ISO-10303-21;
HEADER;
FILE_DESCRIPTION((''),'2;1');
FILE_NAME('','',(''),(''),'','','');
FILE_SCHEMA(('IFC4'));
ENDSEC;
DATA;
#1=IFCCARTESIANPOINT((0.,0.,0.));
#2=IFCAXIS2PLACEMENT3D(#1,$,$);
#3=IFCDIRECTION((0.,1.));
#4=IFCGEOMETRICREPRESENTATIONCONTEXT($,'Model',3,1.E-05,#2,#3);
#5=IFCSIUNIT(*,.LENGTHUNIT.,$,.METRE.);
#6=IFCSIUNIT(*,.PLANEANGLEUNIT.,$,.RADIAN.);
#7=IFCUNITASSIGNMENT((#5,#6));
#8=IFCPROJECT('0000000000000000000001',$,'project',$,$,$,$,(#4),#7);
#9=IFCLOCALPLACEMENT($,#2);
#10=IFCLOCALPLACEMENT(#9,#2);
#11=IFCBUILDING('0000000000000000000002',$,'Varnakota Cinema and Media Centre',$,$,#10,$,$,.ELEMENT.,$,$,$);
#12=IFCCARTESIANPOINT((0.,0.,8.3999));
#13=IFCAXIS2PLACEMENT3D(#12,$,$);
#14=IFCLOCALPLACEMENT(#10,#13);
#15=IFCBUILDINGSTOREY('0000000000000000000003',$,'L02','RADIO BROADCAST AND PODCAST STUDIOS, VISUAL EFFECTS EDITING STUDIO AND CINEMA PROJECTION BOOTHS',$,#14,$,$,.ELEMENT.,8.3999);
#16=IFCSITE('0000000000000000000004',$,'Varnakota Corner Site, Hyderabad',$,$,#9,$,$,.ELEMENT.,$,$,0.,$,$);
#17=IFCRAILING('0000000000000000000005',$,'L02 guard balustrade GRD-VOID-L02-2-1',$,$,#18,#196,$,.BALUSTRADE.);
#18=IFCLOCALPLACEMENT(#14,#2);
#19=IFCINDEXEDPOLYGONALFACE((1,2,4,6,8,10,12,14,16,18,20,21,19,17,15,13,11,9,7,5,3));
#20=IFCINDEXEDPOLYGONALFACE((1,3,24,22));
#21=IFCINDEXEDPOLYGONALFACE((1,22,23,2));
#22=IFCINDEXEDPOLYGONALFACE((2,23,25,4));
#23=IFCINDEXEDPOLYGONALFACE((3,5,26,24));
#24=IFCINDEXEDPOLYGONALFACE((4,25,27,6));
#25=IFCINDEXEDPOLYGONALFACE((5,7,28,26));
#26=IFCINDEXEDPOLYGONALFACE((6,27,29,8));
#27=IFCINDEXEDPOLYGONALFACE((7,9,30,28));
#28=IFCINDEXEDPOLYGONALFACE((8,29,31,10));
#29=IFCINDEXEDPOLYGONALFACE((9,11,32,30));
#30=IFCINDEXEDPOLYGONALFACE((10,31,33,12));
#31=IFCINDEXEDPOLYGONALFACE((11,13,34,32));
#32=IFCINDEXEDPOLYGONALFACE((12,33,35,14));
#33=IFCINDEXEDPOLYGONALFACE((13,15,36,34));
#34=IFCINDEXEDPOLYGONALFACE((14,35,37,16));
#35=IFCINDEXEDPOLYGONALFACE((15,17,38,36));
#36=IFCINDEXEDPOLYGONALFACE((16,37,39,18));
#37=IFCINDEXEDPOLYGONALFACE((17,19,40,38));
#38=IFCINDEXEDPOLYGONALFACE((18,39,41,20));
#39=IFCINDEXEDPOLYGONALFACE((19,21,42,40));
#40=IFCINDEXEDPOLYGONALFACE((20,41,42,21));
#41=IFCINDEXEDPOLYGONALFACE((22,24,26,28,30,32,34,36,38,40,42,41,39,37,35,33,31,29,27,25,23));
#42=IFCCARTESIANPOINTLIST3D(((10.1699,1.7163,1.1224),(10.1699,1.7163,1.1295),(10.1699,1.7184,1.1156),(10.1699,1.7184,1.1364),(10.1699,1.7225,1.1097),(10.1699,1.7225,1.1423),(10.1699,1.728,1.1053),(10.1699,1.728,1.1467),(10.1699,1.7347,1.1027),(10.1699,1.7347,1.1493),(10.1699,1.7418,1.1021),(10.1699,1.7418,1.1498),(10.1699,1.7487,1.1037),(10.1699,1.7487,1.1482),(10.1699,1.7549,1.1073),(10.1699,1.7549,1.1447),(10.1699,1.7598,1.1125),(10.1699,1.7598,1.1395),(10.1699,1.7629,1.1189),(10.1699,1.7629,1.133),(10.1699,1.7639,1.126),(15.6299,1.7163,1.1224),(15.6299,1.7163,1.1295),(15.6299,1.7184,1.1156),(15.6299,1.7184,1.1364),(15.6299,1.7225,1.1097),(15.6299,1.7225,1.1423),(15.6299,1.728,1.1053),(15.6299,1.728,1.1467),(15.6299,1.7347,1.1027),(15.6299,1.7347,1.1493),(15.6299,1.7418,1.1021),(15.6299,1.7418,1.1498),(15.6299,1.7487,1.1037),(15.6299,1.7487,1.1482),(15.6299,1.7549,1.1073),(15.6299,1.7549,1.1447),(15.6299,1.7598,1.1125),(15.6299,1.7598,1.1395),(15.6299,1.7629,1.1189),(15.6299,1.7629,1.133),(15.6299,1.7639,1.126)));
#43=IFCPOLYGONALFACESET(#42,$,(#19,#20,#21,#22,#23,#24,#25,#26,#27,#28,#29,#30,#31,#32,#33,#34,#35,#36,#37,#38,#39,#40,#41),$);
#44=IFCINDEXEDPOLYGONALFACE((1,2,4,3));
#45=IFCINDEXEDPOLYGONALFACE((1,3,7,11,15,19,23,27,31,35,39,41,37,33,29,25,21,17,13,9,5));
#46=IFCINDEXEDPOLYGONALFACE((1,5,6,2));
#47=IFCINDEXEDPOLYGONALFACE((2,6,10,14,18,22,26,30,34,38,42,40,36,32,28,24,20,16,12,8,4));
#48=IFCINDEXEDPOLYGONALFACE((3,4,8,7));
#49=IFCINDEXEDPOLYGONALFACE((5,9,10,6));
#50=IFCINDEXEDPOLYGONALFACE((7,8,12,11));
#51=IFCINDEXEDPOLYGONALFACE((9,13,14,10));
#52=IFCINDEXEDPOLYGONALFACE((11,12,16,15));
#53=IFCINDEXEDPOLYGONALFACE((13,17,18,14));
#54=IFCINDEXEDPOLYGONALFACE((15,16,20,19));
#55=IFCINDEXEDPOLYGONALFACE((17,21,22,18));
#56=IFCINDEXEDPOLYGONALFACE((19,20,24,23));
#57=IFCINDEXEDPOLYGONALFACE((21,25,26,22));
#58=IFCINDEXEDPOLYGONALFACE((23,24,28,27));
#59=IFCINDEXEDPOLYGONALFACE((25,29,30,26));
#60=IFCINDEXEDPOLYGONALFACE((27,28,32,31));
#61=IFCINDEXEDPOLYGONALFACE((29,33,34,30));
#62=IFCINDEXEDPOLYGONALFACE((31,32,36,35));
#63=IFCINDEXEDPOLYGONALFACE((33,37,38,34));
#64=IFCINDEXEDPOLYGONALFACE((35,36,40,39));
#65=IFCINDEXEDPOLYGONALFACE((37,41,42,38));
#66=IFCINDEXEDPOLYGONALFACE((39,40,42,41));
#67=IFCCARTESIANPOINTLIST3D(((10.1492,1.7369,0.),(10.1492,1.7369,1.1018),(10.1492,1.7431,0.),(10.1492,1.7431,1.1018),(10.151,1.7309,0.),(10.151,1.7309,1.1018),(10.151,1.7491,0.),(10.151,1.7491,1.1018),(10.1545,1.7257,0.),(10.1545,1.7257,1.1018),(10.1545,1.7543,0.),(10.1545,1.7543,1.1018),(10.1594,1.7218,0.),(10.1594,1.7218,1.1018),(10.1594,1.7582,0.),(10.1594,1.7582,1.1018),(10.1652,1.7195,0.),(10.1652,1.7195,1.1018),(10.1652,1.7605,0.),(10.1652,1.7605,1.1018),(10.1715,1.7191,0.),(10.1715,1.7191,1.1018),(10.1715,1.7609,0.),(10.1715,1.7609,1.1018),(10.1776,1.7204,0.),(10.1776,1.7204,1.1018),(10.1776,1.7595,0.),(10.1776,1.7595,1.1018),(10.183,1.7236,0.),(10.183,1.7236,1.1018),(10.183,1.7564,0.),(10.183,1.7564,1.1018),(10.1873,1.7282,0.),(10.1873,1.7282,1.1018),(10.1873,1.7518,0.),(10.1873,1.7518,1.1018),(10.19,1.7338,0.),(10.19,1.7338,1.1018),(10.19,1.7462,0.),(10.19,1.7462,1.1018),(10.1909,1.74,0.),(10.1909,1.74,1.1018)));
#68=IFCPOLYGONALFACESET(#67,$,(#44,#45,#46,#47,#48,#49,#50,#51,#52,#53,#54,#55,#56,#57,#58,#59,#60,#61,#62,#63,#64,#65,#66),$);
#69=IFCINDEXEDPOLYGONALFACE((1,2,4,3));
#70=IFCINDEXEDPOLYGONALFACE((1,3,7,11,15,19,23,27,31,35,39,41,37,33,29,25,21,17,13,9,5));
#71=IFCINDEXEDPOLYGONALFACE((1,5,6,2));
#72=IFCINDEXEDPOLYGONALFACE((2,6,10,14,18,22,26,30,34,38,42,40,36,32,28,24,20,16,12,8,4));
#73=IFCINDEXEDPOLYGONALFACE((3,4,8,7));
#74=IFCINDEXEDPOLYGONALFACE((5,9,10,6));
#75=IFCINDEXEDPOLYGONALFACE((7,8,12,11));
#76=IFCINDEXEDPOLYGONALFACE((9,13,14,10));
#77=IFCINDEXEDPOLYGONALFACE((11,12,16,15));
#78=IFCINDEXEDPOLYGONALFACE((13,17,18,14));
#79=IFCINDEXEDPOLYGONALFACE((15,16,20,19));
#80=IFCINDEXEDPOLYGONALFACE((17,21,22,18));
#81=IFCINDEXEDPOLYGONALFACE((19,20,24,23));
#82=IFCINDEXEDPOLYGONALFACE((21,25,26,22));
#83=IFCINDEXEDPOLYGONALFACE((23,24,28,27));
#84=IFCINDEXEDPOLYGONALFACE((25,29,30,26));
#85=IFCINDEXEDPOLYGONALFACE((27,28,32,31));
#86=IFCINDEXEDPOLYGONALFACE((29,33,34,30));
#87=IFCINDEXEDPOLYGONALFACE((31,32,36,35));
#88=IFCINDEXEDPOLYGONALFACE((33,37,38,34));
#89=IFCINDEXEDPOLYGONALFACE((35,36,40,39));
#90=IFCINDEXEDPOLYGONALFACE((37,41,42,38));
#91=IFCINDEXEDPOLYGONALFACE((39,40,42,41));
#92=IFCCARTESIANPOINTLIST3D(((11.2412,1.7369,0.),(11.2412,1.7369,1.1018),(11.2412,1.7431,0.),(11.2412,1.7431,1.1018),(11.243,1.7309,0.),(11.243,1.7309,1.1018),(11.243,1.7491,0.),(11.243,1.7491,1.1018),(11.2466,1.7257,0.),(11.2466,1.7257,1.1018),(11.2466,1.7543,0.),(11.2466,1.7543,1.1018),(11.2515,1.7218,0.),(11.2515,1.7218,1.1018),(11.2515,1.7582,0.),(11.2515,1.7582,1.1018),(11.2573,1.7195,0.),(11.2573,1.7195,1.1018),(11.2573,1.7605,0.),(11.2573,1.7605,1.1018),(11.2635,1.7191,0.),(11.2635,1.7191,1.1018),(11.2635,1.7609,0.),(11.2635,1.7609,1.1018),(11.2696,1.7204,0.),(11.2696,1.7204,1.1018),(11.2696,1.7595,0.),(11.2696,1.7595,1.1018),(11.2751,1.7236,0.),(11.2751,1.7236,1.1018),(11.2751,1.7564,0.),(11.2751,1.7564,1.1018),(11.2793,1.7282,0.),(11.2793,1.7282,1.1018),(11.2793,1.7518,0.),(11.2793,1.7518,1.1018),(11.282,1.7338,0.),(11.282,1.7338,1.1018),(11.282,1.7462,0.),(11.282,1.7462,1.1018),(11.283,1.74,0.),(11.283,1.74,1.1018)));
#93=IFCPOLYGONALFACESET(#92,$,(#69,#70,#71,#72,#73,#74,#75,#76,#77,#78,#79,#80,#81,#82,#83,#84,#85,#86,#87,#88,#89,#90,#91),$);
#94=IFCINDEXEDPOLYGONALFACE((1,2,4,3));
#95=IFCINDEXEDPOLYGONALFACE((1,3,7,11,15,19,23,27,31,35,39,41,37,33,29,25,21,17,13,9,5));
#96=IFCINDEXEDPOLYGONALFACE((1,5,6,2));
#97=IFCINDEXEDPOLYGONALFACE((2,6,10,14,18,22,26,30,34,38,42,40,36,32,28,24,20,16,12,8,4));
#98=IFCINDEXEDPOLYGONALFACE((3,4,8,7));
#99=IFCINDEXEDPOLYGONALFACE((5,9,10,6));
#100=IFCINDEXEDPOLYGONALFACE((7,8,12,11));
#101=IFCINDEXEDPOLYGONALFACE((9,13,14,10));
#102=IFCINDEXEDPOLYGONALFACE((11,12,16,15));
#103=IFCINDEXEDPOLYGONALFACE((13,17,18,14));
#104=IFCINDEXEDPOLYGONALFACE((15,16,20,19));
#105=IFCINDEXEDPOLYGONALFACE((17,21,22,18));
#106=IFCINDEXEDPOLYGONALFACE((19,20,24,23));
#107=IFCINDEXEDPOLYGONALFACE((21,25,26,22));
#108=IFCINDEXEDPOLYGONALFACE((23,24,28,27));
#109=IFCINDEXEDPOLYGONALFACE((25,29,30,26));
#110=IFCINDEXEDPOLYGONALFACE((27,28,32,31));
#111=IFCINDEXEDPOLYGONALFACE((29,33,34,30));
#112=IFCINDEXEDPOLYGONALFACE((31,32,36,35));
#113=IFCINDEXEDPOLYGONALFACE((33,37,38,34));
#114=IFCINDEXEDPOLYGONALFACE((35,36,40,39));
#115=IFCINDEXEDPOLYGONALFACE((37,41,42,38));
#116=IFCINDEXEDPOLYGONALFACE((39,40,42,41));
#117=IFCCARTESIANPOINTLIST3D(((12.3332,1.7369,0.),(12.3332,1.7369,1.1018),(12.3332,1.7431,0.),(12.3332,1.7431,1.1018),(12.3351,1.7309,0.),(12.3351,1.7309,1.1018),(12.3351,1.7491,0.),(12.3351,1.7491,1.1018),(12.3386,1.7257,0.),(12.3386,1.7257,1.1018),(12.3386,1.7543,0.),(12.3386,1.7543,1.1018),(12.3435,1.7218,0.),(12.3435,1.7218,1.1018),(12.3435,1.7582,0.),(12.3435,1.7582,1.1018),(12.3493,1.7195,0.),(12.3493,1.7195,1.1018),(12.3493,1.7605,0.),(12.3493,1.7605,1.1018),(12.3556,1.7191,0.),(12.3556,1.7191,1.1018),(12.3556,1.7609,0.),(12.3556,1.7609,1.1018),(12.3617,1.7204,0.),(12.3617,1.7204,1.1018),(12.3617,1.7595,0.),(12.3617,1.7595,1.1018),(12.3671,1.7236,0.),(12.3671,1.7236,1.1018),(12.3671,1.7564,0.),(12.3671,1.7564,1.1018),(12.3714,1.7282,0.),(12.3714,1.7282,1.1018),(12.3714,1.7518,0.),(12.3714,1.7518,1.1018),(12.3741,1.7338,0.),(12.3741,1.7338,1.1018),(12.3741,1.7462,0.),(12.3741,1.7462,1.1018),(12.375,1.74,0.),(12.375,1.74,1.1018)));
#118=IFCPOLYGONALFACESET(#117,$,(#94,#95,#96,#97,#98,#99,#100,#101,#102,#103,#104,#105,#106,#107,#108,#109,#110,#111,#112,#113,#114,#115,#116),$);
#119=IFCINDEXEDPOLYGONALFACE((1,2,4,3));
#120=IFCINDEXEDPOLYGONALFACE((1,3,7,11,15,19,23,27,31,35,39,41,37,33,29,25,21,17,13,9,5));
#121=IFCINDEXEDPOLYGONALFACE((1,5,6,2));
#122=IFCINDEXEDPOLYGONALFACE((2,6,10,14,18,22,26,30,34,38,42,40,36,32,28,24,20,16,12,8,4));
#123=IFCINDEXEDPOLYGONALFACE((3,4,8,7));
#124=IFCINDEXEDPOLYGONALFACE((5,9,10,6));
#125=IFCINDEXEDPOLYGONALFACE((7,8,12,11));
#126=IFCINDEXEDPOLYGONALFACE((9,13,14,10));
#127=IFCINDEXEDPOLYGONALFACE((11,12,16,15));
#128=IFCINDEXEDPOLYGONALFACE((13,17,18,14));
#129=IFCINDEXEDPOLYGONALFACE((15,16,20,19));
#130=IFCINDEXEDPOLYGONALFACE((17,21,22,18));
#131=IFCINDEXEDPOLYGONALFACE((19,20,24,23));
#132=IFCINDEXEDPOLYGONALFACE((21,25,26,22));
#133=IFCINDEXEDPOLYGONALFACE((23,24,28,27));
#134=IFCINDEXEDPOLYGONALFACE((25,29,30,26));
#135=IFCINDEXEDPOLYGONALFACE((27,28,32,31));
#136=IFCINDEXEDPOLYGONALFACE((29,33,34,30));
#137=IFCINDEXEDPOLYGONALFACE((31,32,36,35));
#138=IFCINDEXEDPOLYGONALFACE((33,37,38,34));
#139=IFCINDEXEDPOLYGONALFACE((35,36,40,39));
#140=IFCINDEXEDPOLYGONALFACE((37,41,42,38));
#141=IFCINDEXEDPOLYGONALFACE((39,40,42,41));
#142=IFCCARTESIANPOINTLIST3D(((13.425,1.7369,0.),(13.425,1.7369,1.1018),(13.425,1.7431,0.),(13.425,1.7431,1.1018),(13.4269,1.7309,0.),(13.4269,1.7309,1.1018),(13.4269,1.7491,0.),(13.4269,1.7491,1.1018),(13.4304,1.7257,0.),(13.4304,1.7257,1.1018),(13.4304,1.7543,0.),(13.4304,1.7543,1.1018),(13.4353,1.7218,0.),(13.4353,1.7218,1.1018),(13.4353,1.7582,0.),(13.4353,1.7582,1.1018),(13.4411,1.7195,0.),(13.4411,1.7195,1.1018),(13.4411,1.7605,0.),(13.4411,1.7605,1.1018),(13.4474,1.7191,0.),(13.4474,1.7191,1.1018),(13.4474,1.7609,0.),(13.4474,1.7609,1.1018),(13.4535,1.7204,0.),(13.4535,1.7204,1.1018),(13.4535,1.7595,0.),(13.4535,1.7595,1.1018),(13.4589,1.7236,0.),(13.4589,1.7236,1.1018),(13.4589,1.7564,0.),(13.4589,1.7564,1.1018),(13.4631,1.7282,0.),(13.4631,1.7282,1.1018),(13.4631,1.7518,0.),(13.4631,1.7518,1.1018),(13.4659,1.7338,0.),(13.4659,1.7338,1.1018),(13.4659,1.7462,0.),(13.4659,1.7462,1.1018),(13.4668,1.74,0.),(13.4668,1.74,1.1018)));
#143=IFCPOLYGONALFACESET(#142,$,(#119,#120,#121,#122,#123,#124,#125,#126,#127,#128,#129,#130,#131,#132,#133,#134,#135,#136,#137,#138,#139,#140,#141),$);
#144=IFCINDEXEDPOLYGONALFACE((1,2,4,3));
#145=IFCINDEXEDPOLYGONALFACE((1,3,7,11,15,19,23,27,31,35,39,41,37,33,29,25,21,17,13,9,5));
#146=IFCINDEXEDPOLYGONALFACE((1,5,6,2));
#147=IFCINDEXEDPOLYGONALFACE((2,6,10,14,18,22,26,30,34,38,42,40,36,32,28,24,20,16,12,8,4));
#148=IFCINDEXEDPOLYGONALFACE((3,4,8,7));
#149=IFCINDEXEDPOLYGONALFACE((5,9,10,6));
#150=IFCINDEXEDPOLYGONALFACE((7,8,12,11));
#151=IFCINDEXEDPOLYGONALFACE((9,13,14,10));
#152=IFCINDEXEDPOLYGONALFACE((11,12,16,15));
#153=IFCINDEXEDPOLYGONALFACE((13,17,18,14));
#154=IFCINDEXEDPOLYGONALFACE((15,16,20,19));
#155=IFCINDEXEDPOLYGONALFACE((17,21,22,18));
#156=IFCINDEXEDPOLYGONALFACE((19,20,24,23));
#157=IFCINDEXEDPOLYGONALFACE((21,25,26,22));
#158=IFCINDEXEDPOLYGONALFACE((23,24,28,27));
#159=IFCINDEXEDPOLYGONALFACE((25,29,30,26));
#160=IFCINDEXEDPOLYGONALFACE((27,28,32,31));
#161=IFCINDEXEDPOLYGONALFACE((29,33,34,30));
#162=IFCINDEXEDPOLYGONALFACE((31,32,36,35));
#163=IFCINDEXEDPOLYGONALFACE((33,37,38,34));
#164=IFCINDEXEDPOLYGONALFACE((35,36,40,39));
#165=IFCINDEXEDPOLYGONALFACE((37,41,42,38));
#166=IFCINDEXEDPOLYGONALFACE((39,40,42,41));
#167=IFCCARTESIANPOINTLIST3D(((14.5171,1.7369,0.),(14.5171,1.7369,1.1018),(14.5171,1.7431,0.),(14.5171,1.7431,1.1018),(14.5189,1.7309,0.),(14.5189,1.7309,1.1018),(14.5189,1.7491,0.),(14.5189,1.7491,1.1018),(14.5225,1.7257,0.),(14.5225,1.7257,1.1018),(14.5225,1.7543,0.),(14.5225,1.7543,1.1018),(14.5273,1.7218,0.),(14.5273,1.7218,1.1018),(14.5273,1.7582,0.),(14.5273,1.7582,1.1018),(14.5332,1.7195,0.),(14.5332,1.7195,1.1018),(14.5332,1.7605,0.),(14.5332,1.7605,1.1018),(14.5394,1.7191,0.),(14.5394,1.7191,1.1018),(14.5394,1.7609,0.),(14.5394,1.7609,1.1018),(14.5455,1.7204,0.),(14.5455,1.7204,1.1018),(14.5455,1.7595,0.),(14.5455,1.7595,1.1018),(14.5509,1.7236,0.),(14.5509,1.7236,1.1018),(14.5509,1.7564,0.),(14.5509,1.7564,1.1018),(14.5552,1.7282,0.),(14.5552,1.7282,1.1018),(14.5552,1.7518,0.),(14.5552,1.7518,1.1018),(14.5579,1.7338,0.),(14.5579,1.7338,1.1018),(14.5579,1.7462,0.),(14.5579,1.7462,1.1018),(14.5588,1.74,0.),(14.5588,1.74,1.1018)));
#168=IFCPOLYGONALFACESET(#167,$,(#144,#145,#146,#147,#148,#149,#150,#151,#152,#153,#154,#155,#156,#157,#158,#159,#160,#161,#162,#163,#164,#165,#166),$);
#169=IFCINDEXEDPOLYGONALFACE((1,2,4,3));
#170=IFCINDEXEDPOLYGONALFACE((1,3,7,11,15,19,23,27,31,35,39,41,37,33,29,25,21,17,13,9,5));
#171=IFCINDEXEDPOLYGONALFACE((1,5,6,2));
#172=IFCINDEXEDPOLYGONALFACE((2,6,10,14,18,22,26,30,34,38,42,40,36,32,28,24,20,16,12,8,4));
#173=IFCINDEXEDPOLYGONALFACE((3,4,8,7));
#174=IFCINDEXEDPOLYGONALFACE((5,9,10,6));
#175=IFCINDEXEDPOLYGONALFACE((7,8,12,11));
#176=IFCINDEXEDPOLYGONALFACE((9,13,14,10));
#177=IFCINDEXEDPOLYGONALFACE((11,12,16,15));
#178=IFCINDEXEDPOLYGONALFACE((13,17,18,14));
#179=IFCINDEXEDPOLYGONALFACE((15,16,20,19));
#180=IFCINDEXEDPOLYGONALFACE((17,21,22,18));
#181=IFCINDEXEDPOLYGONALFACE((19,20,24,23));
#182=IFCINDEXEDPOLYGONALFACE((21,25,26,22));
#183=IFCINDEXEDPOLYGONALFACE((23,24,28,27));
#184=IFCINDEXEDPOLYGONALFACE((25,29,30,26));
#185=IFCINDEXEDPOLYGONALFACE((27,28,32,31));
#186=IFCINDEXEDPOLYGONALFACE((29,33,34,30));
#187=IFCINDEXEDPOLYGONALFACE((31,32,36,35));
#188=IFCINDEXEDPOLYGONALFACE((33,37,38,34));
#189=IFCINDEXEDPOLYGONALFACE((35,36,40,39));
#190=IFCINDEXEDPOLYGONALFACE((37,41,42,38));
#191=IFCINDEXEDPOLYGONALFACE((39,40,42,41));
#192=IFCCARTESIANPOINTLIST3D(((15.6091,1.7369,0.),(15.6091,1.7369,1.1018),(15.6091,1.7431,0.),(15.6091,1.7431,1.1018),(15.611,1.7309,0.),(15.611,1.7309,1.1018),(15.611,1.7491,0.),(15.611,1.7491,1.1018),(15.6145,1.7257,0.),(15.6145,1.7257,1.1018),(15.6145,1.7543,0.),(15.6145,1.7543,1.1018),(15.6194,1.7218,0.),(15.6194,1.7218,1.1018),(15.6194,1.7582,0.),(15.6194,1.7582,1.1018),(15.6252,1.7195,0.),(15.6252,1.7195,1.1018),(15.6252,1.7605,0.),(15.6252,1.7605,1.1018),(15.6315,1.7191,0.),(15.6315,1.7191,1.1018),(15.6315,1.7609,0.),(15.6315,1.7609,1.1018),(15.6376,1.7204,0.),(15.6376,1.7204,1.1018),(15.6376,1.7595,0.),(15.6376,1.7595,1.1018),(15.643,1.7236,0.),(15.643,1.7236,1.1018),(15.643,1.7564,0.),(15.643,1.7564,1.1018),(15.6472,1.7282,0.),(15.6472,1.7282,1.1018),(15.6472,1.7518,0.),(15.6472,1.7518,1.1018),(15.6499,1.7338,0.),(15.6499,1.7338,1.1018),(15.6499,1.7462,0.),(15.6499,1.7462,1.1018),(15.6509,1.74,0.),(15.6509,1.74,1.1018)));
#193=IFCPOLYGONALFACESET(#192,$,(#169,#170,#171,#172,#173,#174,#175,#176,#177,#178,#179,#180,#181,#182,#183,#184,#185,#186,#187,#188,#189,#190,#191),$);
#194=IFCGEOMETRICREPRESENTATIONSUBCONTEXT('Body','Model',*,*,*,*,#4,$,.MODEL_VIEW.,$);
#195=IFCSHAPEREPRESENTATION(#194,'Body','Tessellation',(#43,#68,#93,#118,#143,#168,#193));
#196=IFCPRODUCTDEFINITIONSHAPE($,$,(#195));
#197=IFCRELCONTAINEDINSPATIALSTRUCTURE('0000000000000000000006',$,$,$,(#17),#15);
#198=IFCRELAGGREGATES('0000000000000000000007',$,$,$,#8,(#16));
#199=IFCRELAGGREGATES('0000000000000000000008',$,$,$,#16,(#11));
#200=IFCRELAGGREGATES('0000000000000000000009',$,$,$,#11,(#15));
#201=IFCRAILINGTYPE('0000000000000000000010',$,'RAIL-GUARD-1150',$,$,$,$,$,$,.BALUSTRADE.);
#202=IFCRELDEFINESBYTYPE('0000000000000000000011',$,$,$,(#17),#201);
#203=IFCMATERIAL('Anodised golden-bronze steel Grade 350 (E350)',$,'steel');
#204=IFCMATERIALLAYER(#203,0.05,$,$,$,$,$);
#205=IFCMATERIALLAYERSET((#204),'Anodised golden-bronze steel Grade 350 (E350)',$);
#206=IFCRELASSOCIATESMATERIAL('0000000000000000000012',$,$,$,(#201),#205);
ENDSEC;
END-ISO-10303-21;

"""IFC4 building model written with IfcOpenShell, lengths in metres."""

from ifc_helpers import new_model, si_unit, direction, frame, origin, origin_2d, place, context, subcontext, project, spatial, circle, extrude, material, layer, layer_set, type_object, element, save


model = new_model("IFC4")

# Units and contexts
model_context = context("Model", 3, precision=1e-05, world=origin(), true_north=direction((0.0, 1.0)))
body_context = subcontext(model_context, "Body", "Model", "MODEL_VIEW")
ifc_project = project(units=[si_unit("LENGTHUNIT", "METRE"), si_unit("PLANEANGLEUNIT", "RADIAN")], contexts=[model_context])

# Site, building, storey
site_placement = place(None, origin())
site = spatial("IfcSite", under=ifc_project, at=site_placement, Name="Varnakota Corner Site, Hyderabad", CompositionType="ELEMENT", RefElevation=0.0)
building_placement = place(site_placement, origin())
building = spatial("IfcBuilding", under=site, at=building_placement, Name="Varnakota Cinema and Media Centre", CompositionType="ELEMENT")
storey_placement = place(building_placement, frame((0.0, 0.0, 8.3999)))
storey = spatial("IfcBuildingStorey", under=building, at=storey_placement, Name="L02", Description="RADIO BROADCAST AND PODCAST STUDIOS, VISUAL EFFECTS EDITING STUDIO AND CINEMA PROJECTION BOOTHS", CompositionType="ELEMENT", Elevation=8.3999)

# Railing
ifc_material_1 = material(Name="Anodised golden-bronze steel Grade 350 (E350)", Category="steel")
ifc_layer_1 = layer(ifc_material_1, 0.05)
ifc_layer_set_1 = layer_set([ifc_layer_1], Name="Anodised golden-bronze steel Grade 350 (E350)")
railing_type = type_object("IfcRailingType", Name="RAIL-GUARD-1150", PredefinedType="BALUSTRADE", material=ifc_layer_set_1)
railing_1_placement = place(storey_placement, frame((10.1699, 1.74, 0.0)))
element("IfcRailing", 1, at=railing_1_placement, inside=storey, type_object=railing_type, Name="L02 guard balustrade GRD-VOID-L02-2-1", PredefinedType="BALUSTRADE", context=body_context, shape_type="SweptSolid", body=[
    extrude(circle(Radius=0.0239, at=origin_2d()), frame((0.0, 0.0, 1.126), z_axis=(1.0, 0.0, 0.0), x_axis=(0.0, 1.0, 0.0)), (0.0, 0.0, 1.0), 5.46),
    extrude(circle(Radius=0.021, at=origin_2d()), origin(), (0.0, 0.0, 1.0), 1.1018),
    extrude(circle(Radius=0.021, at=origin_2d()), frame((1.092, 0.0, 0.0)), (0.0, 0.0, 1.0), 1.1018),
    extrude(circle(Radius=0.021, at=origin_2d()), frame((2.1841, 0.0, 0.0)), (0.0, 0.0, 1.0), 1.1018),
    extrude(circle(Radius=0.021, at=origin_2d()), frame((3.2759, 0.0, 0.0)), (0.0, 0.0, 1.0), 1.1018),
    extrude(circle(Radius=0.021, at=origin_2d()), frame((4.3679, 0.0, 0.0)), (0.0, 0.0, 1.0), 1.1018),
    extrude(circle(Radius=0.021, at=origin_2d()), frame((5.46, 0.0, 0.0)), (0.0, 0.0, 1.0), 1.1018),
])

save(model, "model.ifc")
